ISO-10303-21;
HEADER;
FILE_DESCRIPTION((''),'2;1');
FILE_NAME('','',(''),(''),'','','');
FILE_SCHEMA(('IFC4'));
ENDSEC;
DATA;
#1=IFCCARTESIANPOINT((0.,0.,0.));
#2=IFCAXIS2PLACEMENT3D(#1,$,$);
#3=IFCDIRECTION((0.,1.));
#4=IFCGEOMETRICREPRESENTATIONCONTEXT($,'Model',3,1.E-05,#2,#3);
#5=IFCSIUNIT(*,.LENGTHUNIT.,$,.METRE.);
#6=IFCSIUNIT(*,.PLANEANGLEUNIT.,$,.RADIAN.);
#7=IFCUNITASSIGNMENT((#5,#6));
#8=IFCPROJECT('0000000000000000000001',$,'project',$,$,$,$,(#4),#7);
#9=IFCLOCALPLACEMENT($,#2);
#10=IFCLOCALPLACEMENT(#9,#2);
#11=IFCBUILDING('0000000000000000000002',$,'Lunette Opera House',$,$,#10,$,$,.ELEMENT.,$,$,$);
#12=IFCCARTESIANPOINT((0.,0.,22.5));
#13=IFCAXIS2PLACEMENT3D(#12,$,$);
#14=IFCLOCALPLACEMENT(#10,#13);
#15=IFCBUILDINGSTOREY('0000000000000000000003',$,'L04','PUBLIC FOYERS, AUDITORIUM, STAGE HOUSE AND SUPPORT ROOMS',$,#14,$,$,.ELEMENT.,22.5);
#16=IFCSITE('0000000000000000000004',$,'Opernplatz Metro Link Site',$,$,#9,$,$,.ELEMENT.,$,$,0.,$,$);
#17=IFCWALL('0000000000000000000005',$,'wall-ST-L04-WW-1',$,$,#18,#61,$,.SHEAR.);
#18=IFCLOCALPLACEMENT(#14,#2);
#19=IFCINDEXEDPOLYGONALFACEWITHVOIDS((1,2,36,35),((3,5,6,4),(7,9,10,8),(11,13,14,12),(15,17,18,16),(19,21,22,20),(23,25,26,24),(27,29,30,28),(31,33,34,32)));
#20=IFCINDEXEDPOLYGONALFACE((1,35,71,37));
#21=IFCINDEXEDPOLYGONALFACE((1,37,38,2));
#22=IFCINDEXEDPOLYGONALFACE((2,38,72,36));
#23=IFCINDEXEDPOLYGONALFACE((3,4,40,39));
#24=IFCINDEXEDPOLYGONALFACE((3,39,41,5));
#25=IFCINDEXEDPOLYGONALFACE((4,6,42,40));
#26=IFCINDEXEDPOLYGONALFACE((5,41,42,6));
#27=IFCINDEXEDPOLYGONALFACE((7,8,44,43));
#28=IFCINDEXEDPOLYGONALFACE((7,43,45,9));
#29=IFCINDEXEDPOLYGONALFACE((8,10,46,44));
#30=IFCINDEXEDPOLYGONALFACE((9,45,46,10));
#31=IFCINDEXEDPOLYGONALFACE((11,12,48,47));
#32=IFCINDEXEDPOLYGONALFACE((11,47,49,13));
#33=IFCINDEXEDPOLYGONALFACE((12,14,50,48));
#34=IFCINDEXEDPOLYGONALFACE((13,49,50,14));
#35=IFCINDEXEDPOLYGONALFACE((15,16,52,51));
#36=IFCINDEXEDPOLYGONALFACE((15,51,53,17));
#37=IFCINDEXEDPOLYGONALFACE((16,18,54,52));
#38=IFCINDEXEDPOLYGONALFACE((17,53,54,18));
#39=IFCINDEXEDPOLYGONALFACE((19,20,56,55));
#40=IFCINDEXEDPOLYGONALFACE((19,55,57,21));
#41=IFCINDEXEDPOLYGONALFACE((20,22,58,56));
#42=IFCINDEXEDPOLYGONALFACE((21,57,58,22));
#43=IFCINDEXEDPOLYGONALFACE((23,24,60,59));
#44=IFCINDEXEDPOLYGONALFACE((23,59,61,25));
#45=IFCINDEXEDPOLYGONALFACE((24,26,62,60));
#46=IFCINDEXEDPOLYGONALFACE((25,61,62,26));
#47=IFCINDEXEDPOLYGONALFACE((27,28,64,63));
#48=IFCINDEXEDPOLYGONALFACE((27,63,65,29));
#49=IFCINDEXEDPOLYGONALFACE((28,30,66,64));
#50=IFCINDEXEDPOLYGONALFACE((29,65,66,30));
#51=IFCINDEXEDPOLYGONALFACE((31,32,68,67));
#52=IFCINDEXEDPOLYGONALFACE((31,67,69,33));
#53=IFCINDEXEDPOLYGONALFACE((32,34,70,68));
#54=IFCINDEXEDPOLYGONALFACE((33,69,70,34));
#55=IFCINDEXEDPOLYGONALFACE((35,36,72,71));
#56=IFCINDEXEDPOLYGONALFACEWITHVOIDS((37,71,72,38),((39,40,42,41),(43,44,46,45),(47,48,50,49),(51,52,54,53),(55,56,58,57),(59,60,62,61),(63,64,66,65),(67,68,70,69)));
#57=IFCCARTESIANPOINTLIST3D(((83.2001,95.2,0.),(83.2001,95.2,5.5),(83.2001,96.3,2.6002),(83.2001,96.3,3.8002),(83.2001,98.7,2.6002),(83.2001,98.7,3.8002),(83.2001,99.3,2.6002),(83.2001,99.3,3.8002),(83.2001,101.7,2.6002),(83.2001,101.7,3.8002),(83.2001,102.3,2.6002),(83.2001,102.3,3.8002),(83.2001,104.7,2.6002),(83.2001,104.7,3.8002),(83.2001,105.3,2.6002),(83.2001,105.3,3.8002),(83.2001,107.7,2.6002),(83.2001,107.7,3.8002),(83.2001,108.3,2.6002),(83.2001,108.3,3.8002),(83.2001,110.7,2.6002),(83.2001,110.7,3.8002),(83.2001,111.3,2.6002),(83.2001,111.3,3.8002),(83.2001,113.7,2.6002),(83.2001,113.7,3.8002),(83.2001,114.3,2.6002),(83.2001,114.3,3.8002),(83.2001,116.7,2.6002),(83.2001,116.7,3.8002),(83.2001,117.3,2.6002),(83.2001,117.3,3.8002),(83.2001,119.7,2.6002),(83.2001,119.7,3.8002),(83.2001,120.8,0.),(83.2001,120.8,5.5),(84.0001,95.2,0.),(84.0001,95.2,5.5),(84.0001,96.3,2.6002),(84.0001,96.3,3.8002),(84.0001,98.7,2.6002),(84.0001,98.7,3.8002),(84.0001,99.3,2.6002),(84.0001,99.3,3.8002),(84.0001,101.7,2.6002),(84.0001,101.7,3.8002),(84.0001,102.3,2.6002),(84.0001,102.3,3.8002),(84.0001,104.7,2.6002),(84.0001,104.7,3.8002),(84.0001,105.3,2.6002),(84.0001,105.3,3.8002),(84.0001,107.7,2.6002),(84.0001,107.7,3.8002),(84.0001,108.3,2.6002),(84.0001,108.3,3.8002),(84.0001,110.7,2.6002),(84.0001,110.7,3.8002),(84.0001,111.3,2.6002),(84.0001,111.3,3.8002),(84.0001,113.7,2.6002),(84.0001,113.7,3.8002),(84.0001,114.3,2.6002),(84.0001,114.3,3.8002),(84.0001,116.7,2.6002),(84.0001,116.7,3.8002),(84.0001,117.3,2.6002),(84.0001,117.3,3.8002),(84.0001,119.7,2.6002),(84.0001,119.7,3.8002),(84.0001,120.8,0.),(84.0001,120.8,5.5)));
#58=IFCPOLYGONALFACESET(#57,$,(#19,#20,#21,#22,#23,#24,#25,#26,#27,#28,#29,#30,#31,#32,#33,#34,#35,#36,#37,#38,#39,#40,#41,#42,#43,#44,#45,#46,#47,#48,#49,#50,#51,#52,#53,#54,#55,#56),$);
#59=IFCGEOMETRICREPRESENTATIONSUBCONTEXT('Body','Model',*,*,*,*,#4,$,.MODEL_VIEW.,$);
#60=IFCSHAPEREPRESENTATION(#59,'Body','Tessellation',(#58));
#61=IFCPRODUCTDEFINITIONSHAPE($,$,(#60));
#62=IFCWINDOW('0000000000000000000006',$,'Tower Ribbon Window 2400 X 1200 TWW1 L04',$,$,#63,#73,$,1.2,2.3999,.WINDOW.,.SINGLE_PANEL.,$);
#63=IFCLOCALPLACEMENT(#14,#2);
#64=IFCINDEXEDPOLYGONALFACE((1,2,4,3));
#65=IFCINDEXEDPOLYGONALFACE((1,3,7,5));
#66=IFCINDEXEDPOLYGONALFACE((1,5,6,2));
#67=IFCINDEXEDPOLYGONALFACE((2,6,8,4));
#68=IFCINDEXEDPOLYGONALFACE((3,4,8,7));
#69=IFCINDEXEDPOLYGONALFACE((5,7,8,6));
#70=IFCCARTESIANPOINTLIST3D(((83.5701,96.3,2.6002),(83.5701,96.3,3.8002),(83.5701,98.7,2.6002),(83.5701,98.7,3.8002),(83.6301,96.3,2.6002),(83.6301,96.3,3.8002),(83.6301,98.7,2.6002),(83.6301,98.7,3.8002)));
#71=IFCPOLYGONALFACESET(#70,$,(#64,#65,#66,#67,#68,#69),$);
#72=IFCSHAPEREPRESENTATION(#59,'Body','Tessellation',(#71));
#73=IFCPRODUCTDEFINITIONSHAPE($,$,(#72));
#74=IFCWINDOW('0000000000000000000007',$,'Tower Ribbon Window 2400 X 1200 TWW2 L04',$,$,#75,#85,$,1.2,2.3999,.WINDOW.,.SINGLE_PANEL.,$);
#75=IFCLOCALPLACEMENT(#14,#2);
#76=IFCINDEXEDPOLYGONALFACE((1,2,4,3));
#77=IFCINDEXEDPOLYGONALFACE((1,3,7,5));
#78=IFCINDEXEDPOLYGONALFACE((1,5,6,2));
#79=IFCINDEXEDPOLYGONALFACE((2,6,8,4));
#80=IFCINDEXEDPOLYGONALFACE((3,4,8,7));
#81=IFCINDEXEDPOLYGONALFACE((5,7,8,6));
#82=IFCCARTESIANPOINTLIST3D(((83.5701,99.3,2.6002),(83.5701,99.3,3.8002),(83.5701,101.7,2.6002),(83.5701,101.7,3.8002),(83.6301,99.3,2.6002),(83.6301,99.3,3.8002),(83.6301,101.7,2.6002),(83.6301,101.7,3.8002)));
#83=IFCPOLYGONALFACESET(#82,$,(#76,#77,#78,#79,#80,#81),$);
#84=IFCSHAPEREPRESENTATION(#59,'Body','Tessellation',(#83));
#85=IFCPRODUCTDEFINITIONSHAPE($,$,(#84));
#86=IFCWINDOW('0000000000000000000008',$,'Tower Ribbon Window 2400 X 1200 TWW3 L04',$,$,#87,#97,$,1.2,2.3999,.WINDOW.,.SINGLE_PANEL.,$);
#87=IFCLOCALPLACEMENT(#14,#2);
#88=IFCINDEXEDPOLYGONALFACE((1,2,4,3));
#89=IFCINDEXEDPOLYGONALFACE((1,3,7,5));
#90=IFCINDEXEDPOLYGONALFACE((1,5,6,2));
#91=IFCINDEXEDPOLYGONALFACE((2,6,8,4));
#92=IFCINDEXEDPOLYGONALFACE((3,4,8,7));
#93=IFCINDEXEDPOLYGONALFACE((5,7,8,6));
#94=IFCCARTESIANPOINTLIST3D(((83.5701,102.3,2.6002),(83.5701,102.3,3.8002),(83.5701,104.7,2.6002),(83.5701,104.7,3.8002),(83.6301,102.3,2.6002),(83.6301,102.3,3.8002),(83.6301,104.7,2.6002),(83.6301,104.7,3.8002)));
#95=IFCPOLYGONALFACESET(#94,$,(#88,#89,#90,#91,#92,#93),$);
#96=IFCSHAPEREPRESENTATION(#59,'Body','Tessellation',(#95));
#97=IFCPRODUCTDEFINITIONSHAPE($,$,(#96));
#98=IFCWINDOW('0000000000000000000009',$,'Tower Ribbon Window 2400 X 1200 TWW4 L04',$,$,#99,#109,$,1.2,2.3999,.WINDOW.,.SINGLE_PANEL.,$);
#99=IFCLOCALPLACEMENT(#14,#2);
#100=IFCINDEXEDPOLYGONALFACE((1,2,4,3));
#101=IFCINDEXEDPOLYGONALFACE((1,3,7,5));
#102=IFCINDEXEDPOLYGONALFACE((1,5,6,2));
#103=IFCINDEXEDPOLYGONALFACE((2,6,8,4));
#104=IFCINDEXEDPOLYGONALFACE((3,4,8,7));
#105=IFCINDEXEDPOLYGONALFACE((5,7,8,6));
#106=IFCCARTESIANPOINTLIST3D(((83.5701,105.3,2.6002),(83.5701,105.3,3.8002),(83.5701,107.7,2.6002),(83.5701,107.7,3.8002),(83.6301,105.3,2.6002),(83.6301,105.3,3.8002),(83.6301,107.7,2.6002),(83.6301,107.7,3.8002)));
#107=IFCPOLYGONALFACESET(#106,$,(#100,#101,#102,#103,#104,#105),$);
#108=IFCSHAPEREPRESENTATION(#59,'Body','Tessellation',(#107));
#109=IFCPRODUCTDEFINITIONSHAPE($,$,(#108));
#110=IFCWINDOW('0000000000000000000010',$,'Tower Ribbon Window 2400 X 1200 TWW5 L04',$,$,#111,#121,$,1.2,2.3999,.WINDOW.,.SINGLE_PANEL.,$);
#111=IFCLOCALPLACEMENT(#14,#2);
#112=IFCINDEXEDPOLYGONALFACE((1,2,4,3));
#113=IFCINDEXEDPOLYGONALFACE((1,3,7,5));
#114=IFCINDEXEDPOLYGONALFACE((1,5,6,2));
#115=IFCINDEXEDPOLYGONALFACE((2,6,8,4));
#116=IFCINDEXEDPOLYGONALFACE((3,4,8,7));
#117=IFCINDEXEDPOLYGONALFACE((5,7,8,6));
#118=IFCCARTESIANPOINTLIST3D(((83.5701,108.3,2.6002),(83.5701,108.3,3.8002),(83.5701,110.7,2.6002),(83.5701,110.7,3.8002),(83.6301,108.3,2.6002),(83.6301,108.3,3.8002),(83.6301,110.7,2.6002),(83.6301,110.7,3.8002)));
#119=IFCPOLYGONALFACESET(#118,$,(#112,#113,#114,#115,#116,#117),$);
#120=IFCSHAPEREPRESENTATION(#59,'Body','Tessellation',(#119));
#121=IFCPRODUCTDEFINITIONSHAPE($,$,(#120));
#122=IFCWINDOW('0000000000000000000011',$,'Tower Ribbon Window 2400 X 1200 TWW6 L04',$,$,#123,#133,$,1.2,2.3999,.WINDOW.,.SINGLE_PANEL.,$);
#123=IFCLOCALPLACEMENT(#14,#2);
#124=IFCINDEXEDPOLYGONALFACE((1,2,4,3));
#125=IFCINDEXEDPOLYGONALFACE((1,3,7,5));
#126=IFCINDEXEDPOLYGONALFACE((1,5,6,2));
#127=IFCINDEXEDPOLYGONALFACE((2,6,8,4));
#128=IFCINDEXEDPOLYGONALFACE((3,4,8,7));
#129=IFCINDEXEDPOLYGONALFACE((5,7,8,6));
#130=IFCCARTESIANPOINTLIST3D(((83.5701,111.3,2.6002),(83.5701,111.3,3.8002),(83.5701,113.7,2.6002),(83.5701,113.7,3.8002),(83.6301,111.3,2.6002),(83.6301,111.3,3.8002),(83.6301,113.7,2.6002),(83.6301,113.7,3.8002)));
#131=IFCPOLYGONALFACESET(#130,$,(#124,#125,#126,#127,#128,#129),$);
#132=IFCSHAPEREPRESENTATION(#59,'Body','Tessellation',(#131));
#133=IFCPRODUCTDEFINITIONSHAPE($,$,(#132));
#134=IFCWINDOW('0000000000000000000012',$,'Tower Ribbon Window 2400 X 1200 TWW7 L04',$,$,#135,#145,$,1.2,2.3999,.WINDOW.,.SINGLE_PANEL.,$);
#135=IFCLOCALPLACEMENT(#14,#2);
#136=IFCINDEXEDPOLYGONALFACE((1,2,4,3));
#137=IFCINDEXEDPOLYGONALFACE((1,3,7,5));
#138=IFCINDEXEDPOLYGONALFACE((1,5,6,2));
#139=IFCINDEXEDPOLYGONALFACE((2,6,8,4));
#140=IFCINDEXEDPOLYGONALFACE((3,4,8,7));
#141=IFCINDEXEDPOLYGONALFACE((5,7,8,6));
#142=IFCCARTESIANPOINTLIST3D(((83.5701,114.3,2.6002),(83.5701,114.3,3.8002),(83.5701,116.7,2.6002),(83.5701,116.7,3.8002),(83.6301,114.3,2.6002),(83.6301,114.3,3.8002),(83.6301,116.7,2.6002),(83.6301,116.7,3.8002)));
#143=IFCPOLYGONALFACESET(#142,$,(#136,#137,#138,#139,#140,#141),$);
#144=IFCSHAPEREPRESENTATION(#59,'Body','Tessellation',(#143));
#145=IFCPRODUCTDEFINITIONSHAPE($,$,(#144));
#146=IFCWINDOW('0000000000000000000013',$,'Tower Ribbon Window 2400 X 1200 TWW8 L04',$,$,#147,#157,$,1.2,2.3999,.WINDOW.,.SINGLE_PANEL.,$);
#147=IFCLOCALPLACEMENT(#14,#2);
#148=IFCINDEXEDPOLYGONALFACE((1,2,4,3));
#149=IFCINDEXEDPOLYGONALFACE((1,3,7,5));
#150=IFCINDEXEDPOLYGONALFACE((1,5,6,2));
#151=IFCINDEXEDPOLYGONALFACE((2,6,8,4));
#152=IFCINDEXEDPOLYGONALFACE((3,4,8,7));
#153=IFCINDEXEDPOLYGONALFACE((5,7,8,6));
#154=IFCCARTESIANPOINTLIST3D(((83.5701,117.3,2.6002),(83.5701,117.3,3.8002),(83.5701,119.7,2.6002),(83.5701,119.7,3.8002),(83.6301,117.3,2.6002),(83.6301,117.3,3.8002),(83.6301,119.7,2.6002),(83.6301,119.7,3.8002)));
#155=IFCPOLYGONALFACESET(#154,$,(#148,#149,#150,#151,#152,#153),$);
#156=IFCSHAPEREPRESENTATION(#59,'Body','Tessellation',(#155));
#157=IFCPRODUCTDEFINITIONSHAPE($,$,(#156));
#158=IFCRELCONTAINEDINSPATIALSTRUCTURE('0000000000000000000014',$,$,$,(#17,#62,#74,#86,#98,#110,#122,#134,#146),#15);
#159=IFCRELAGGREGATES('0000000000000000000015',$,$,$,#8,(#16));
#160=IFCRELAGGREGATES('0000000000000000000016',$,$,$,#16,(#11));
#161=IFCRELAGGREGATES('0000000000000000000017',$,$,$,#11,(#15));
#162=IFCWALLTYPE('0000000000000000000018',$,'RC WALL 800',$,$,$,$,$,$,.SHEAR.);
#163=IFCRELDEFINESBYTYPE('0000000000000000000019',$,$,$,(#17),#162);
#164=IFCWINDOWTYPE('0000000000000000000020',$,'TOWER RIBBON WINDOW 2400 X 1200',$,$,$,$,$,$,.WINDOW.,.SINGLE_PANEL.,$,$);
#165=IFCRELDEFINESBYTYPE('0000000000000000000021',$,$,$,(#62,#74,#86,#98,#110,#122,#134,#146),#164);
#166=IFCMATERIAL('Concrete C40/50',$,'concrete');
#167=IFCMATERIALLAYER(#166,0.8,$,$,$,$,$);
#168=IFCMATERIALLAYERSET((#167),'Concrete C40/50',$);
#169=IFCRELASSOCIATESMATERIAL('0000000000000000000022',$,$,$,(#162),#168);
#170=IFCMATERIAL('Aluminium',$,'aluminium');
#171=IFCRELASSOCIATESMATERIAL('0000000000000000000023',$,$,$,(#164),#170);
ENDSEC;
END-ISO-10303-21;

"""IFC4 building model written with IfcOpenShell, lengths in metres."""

from ifc_helpers import new_model, si_unit, direction, frame, frame_2d, origin, place, context, subcontext, project, spatial, rectangle, extrude, material, layer, layer_set, type_object, element, fill, save


model = new_model("IFC4")

# Units and contexts
model_context = context("Model", 3, precision=1e-05, world=origin(), true_north=direction((0.0, 1.0)))
body_context = subcontext(model_context, "Body", "Model", "MODEL_VIEW")
ifc_project = project(units=[si_unit("LENGTHUNIT", "METRE"), si_unit("PLANEANGLEUNIT", "RADIAN")], contexts=[model_context])

# Site, building, storey
site_placement = place(None, origin())
site = spatial("IfcSite", under=ifc_project, at=site_placement, Name="Opernplatz Metro Link Site", CompositionType="ELEMENT", RefElevation=0.0)
building_placement = place(site_placement, origin())
building = spatial("IfcBuilding", under=site, at=building_placement, Name="Lunette Opera House", CompositionType="ELEMENT")
storey_placement = place(building_placement, frame((0.0, 0.0, 22.5)))
storey = spatial("IfcBuildingStorey", under=building, at=storey_placement, Name="L04", Description="PUBLIC FOYERS, AUDITORIUM, STAGE HOUSE AND SUPPORT ROOMS", CompositionType="ELEMENT", Elevation=22.5)

# Wall, openings, windows
ifc_material_1 = material(Name="Concrete C40/50", Category="concrete")
ifc_layer_1 = layer(ifc_material_1, 0.8)
ifc_layer_set_1 = layer_set([ifc_layer_1], Name="Concrete C40/50")
wall_type_1 = type_object("IfcWallType", Name="RC WALL 800", PredefinedType="SHEAR", material=ifc_layer_set_1)
wall_1_placement = place(storey_placement, frame((83.6001, 95.2, 0.0), z_axis=(0.0, 0.0, 1.0), x_axis=(0.0, 1.0, 0.0)))
wall_1 = element("IfcWall", 1, at=wall_1_placement, inside=storey, type_object=wall_type_1, Name="wall-ST-L04-WW-1", PredefinedType="SHEAR", context=body_context, shape_type="SweptSolid", body=[
    extrude(rectangle(XDim=25.6001, YDim=0.8, at=frame_2d((12.8, 0.0))), origin(), (0.0, 0.0, 1.0), 5.5),
])
opening_1_placement = place(wall_1_placement, frame((1.1001, 0.0, 2.6001)))
opening_1 = element("IfcOpeningElement", 2, at=opening_1_placement, cuts=wall_1, PredefinedType="OPENING", context=body_context, shape_type="SweptSolid", body=[
    extrude(rectangle(XDim=2.3999, YDim=1.2, at=frame_2d((1.2, 0.6001))), frame((0.0, 0.4121, 0.0), z_axis=(0.0, -1.0, 0.0), x_axis=(1.0, 0.0, 0.0)), (0.0, 0.0, 1.0), 0.824),
])
opening_2_placement = place(wall_1_placement, frame((4.1001, 0.0, 2.6001)))
opening_2 = element("IfcOpeningElement", 3, at=opening_2_placement, cuts=wall_1, PredefinedType="OPENING", context=body_context, shape_type="SweptSolid", body=[
    extrude(rectangle(XDim=2.3999, YDim=1.2, at=frame_2d((1.2, 0.6001))), frame((0.0, 0.4121, 0.0), z_axis=(0.0, -1.0, 0.0), x_axis=(1.0, 0.0, 0.0)), (0.0, 0.0, 1.0), 0.824),
])
opening_3_placement = place(wall_1_placement, frame((7.1001, 0.0, 2.6001)))
opening_3 = element("IfcOpeningElement", 4, at=opening_3_placement, cuts=wall_1, PredefinedType="OPENING", context=body_context, shape_type="SweptSolid", body=[
    extrude(rectangle(XDim=2.3999, YDim=1.2, at=frame_2d((1.2, 0.6001))), frame((0.0, 0.4121, 0.0), z_axis=(0.0, -1.0, 0.0), x_axis=(1.0, 0.0, 0.0)), (0.0, 0.0, 1.0), 0.824),
])
opening_4_placement = place(wall_1_placement, frame((10.1001, 0.0, 2.6001)))
opening_4 = element("IfcOpeningElement", 5, at=opening_4_placement, cuts=wall_1, PredefinedType="OPENING", context=body_context, shape_type="SweptSolid", body=[
    extrude(rectangle(XDim=2.3999, YDim=1.2, at=frame_2d((1.2, 0.6001))), frame((0.0, 0.4121, 0.0), z_axis=(0.0, -1.0, 0.0), x_axis=(1.0, 0.0, 0.0)), (0.0, 0.0, 1.0), 0.824),
])
opening_5_placement = place(wall_1_placement, frame((13.1001, 0.0, 2.6001)))
opening_5 = element("IfcOpeningElement", 6, at=opening_5_placement, cuts=wall_1, PredefinedType="OPENING", context=body_context, shape_type="SweptSolid", body=[
    extrude(rectangle(XDim=2.3999, YDim=1.2, at=frame_2d((1.2, 0.6001))), frame((0.0, 0.4121, 0.0), z_axis=(0.0, -1.0, 0.0), x_axis=(1.0, 0.0, 0.0)), (0.0, 0.0, 1.0), 0.824),
])
opening_6_placement = place(wall_1_placement, frame((16.1001, 0.0, 2.6001)))
opening_6 = element("IfcOpeningElement", 7, at=opening_6_placement, cuts=wall_1, PredefinedType="OPENING", context=body_context, shape_type="SweptSolid", body=[
    extrude(rectangle(XDim=2.3999, YDim=1.2, at=frame_2d((1.2, 0.6001))), frame((0.0, 0.4121, 0.0), z_axis=(0.0, -1.0, 0.0), x_axis=(1.0, 0.0, 0.0)), (0.0, 0.0, 1.0), 0.824),
])
opening_7_placement = place(wall_1_placement, frame((19.1001, 0.0, 2.6001)))
opening_7 = element("IfcOpeningElement", 8, at=opening_7_placement, cuts=wall_1, PredefinedType="OPENING", context=body_context, shape_type="SweptSolid", body=[
    extrude(rectangle(XDim=2.3999, YDim=1.2, at=frame_2d((1.2, 0.6001))), frame((0.0, 0.4121, 0.0), z_axis=(0.0, -1.0, 0.0), x_axis=(1.0, 0.0, 0.0)), (0.0, 0.0, 1.0), 0.824),
])
opening_8_placement = place(wall_1_placement, frame((22.1001, 0.0, 2.6001)))
opening_8 = element("IfcOpeningElement", 9, at=opening_8_placement, cuts=wall_1, PredefinedType="OPENING", context=body_context, shape_type="SweptSolid", body=[
    extrude(rectangle(XDim=2.3999, YDim=1.2, at=frame_2d((1.2, 0.6001))), frame((0.0, 0.4121, 0.0), z_axis=(0.0, -1.0, 0.0), x_axis=(1.0, 0.0, 0.0)), (0.0, 0.0, 1.0), 0.824),
])
ifc_material_2 = material(Name="Aluminium", Category="aluminium")
window_type = type_object("IfcWindowType", Name="TOWER RIBBON WINDOW 2400 X 1200", PartitioningType="SINGLE_PANEL", PredefinedType="WINDOW", material=ifc_material_2)
window_1_placement = place(opening_1_placement, origin())
window_1 = element("IfcWindow", 10, at=window_1_placement, inside=storey, type_object=window_type, Name="Tower Ribbon Window 2400 X 1200 TWW1 L04", OverallHeight=1.2, OverallWidth=2.3999, PartitioningType="SINGLE_PANEL", PredefinedType="WINDOW", context=body_context, shape_type="SweptSolid", body=[
    extrude(rectangle(XDim=2.3999, YDim=1.2, at=frame_2d((1.2, 0.6001))), frame((0.0, 0.03, 0.0), z_axis=(0.0, -1.0, 0.0), x_axis=(1.0, 0.0, 0.0)), (0.0, 0.0, 1.0), 0.0601),
])
fill(opening_1, window_1)
window_2_placement = place(opening_2_placement, origin())
window_2 = element("IfcWindow", 11, at=window_2_placement, inside=storey, type_object=window_type, Name="Tower Ribbon Window 2400 X 1200 TWW2 L04", OverallHeight=1.2, OverallWidth=2.3999, PartitioningType="SINGLE_PANEL", PredefinedType="WINDOW", context=body_context, shape_type="SweptSolid", body=[
    extrude(rectangle(XDim=2.3999, YDim=1.2, at=frame_2d((1.2, 0.6001))), frame((0.0, 0.03, 0.0), z_axis=(0.0, -1.0, 0.0), x_axis=(1.0, 0.0, 0.0)), (0.0, 0.0, 1.0), 0.0601),
])
fill(opening_2, window_2)
window_3_placement = place(opening_3_placement, origin())
window_3 = element("IfcWindow", 12, at=window_3_placement, inside=storey, type_object=window_type, Name="Tower Ribbon Window 2400 X 1200 TWW3 L04", OverallHeight=1.2, OverallWidth=2.3999, PartitioningType="SINGLE_PANEL", PredefinedType="WINDOW", context=body_context, shape_type="SweptSolid", body=[
    extrude(rectangle(XDim=2.3999, YDim=1.2, at=frame_2d((1.2, 0.6001))), frame((0.0, 0.03, 0.0), z_axis=(0.0, -1.0, 0.0), x_axis=(1.0, 0.0, 0.0)), (0.0, 0.0, 1.0), 0.0601),
])
fill(opening_3, window_3)
window_4_placement = place(opening_4_placement, origin())
window_4 = element("IfcWindow", 13, at=window_4_placement, inside=storey, type_object=window_type, Name="Tower Ribbon Window 2400 X 1200 TWW4 L04", OverallHeight=1.2, OverallWidth=2.3999, PartitioningType="SINGLE_PANEL", PredefinedType="WINDOW", context=body_context, shape_type="SweptSolid", body=[
    extrude(rectangle(XDim=2.3999, YDim=1.2, at=frame_2d((1.2, 0.6001))), frame((0.0, 0.03, 0.0), z_axis=(0.0, -1.0, 0.0), x_axis=(1.0, 0.0, 0.0)), (0.0, 0.0, 1.0), 0.0601),
])
fill(opening_4, window_4)
window_5_placement = place(opening_5_placement, origin())
window_5 = element("IfcWindow", 14, at=window_5_placement, inside=storey, type_object=window_type, Name="Tower Ribbon Window 2400 X 1200 TWW5 L04", OverallHeight=1.2, OverallWidth=2.3999, PartitioningType="SINGLE_PANEL", PredefinedType="WINDOW", context=body_context, shape_type="SweptSolid", body=[
    extrude(rectangle(XDim=2.3999, YDim=1.2, at=frame_2d((1.2, 0.6001))), frame((0.0, 0.03, 0.0), z_axis=(0.0, -1.0, 0.0), x_axis=(1.0, 0.0, 0.0)), (0.0, 0.0, 1.0), 0.0601),
])
fill(opening_5, window_5)
window_6_placement = place(opening_6_placement, origin())
window_6 = element("IfcWindow", 15, at=window_6_placement, inside=storey, type_object=window_type, Name="Tower Ribbon Window 2400 X 1200 TWW6 L04", OverallHeight=1.2, OverallWidth=2.3999, PartitioningType="SINGLE_PANEL", PredefinedType="WINDOW", context=body_context, shape_type="SweptSolid", body=[
    extrude(rectangle(XDim=2.3999, YDim=1.2, at=frame_2d((1.2, 0.6001))), frame((0.0, 0.03, 0.0), z_axis=(0.0, -1.0, 0.0), x_axis=(1.0, 0.0, 0.0)), (0.0, 0.0, 1.0), 0.0601),
])
fill(opening_6, window_6)
window_7_placement = place(opening_7_placement, origin())
window_7 = element("IfcWindow", 16, at=window_7_placement, inside=storey, type_object=window_type, Name="Tower Ribbon Window 2400 X 1200 TWW7 L04", OverallHeight=1.2, OverallWidth=2.3999, PartitioningType="SINGLE_PANEL", PredefinedType="WINDOW", context=body_context, shape_type="SweptSolid", body=[
    extrude(rectangle(XDim=2.3999, YDim=1.2, at=frame_2d((1.2, 0.6001))), frame((0.0, 0.03, 0.0), z_axis=(0.0, -1.0, 0.0), x_axis=(1.0, 0.0, 0.0)), (0.0, 0.0, 1.0), 0.0601),
])
fill(opening_7, window_7)
window_8_placement = place(opening_8_placement, origin())
window_8 = element("IfcWindow", 17, at=window_8_placement, inside=storey, type_object=window_type, Name="Tower Ribbon Window 2400 X 1200 TWW8 L04", OverallHeight=1.2, OverallWidth=2.3999, PartitioningType="SINGLE_PANEL", PredefinedType="WINDOW", context=body_context, shape_type="SweptSolid", body=[
    extrude(rectangle(XDim=2.3999, YDim=1.2, at=frame_2d((1.2, 0.6001))), frame((0.0, 0.03, 0.0), z_axis=(0.0, -1.0, 0.0), x_axis=(1.0, 0.0, 0.0)), (0.0, 0.0, 1.0), 0.0601),
])
fill(opening_8, window_8)

save(model, "model.ifc")
